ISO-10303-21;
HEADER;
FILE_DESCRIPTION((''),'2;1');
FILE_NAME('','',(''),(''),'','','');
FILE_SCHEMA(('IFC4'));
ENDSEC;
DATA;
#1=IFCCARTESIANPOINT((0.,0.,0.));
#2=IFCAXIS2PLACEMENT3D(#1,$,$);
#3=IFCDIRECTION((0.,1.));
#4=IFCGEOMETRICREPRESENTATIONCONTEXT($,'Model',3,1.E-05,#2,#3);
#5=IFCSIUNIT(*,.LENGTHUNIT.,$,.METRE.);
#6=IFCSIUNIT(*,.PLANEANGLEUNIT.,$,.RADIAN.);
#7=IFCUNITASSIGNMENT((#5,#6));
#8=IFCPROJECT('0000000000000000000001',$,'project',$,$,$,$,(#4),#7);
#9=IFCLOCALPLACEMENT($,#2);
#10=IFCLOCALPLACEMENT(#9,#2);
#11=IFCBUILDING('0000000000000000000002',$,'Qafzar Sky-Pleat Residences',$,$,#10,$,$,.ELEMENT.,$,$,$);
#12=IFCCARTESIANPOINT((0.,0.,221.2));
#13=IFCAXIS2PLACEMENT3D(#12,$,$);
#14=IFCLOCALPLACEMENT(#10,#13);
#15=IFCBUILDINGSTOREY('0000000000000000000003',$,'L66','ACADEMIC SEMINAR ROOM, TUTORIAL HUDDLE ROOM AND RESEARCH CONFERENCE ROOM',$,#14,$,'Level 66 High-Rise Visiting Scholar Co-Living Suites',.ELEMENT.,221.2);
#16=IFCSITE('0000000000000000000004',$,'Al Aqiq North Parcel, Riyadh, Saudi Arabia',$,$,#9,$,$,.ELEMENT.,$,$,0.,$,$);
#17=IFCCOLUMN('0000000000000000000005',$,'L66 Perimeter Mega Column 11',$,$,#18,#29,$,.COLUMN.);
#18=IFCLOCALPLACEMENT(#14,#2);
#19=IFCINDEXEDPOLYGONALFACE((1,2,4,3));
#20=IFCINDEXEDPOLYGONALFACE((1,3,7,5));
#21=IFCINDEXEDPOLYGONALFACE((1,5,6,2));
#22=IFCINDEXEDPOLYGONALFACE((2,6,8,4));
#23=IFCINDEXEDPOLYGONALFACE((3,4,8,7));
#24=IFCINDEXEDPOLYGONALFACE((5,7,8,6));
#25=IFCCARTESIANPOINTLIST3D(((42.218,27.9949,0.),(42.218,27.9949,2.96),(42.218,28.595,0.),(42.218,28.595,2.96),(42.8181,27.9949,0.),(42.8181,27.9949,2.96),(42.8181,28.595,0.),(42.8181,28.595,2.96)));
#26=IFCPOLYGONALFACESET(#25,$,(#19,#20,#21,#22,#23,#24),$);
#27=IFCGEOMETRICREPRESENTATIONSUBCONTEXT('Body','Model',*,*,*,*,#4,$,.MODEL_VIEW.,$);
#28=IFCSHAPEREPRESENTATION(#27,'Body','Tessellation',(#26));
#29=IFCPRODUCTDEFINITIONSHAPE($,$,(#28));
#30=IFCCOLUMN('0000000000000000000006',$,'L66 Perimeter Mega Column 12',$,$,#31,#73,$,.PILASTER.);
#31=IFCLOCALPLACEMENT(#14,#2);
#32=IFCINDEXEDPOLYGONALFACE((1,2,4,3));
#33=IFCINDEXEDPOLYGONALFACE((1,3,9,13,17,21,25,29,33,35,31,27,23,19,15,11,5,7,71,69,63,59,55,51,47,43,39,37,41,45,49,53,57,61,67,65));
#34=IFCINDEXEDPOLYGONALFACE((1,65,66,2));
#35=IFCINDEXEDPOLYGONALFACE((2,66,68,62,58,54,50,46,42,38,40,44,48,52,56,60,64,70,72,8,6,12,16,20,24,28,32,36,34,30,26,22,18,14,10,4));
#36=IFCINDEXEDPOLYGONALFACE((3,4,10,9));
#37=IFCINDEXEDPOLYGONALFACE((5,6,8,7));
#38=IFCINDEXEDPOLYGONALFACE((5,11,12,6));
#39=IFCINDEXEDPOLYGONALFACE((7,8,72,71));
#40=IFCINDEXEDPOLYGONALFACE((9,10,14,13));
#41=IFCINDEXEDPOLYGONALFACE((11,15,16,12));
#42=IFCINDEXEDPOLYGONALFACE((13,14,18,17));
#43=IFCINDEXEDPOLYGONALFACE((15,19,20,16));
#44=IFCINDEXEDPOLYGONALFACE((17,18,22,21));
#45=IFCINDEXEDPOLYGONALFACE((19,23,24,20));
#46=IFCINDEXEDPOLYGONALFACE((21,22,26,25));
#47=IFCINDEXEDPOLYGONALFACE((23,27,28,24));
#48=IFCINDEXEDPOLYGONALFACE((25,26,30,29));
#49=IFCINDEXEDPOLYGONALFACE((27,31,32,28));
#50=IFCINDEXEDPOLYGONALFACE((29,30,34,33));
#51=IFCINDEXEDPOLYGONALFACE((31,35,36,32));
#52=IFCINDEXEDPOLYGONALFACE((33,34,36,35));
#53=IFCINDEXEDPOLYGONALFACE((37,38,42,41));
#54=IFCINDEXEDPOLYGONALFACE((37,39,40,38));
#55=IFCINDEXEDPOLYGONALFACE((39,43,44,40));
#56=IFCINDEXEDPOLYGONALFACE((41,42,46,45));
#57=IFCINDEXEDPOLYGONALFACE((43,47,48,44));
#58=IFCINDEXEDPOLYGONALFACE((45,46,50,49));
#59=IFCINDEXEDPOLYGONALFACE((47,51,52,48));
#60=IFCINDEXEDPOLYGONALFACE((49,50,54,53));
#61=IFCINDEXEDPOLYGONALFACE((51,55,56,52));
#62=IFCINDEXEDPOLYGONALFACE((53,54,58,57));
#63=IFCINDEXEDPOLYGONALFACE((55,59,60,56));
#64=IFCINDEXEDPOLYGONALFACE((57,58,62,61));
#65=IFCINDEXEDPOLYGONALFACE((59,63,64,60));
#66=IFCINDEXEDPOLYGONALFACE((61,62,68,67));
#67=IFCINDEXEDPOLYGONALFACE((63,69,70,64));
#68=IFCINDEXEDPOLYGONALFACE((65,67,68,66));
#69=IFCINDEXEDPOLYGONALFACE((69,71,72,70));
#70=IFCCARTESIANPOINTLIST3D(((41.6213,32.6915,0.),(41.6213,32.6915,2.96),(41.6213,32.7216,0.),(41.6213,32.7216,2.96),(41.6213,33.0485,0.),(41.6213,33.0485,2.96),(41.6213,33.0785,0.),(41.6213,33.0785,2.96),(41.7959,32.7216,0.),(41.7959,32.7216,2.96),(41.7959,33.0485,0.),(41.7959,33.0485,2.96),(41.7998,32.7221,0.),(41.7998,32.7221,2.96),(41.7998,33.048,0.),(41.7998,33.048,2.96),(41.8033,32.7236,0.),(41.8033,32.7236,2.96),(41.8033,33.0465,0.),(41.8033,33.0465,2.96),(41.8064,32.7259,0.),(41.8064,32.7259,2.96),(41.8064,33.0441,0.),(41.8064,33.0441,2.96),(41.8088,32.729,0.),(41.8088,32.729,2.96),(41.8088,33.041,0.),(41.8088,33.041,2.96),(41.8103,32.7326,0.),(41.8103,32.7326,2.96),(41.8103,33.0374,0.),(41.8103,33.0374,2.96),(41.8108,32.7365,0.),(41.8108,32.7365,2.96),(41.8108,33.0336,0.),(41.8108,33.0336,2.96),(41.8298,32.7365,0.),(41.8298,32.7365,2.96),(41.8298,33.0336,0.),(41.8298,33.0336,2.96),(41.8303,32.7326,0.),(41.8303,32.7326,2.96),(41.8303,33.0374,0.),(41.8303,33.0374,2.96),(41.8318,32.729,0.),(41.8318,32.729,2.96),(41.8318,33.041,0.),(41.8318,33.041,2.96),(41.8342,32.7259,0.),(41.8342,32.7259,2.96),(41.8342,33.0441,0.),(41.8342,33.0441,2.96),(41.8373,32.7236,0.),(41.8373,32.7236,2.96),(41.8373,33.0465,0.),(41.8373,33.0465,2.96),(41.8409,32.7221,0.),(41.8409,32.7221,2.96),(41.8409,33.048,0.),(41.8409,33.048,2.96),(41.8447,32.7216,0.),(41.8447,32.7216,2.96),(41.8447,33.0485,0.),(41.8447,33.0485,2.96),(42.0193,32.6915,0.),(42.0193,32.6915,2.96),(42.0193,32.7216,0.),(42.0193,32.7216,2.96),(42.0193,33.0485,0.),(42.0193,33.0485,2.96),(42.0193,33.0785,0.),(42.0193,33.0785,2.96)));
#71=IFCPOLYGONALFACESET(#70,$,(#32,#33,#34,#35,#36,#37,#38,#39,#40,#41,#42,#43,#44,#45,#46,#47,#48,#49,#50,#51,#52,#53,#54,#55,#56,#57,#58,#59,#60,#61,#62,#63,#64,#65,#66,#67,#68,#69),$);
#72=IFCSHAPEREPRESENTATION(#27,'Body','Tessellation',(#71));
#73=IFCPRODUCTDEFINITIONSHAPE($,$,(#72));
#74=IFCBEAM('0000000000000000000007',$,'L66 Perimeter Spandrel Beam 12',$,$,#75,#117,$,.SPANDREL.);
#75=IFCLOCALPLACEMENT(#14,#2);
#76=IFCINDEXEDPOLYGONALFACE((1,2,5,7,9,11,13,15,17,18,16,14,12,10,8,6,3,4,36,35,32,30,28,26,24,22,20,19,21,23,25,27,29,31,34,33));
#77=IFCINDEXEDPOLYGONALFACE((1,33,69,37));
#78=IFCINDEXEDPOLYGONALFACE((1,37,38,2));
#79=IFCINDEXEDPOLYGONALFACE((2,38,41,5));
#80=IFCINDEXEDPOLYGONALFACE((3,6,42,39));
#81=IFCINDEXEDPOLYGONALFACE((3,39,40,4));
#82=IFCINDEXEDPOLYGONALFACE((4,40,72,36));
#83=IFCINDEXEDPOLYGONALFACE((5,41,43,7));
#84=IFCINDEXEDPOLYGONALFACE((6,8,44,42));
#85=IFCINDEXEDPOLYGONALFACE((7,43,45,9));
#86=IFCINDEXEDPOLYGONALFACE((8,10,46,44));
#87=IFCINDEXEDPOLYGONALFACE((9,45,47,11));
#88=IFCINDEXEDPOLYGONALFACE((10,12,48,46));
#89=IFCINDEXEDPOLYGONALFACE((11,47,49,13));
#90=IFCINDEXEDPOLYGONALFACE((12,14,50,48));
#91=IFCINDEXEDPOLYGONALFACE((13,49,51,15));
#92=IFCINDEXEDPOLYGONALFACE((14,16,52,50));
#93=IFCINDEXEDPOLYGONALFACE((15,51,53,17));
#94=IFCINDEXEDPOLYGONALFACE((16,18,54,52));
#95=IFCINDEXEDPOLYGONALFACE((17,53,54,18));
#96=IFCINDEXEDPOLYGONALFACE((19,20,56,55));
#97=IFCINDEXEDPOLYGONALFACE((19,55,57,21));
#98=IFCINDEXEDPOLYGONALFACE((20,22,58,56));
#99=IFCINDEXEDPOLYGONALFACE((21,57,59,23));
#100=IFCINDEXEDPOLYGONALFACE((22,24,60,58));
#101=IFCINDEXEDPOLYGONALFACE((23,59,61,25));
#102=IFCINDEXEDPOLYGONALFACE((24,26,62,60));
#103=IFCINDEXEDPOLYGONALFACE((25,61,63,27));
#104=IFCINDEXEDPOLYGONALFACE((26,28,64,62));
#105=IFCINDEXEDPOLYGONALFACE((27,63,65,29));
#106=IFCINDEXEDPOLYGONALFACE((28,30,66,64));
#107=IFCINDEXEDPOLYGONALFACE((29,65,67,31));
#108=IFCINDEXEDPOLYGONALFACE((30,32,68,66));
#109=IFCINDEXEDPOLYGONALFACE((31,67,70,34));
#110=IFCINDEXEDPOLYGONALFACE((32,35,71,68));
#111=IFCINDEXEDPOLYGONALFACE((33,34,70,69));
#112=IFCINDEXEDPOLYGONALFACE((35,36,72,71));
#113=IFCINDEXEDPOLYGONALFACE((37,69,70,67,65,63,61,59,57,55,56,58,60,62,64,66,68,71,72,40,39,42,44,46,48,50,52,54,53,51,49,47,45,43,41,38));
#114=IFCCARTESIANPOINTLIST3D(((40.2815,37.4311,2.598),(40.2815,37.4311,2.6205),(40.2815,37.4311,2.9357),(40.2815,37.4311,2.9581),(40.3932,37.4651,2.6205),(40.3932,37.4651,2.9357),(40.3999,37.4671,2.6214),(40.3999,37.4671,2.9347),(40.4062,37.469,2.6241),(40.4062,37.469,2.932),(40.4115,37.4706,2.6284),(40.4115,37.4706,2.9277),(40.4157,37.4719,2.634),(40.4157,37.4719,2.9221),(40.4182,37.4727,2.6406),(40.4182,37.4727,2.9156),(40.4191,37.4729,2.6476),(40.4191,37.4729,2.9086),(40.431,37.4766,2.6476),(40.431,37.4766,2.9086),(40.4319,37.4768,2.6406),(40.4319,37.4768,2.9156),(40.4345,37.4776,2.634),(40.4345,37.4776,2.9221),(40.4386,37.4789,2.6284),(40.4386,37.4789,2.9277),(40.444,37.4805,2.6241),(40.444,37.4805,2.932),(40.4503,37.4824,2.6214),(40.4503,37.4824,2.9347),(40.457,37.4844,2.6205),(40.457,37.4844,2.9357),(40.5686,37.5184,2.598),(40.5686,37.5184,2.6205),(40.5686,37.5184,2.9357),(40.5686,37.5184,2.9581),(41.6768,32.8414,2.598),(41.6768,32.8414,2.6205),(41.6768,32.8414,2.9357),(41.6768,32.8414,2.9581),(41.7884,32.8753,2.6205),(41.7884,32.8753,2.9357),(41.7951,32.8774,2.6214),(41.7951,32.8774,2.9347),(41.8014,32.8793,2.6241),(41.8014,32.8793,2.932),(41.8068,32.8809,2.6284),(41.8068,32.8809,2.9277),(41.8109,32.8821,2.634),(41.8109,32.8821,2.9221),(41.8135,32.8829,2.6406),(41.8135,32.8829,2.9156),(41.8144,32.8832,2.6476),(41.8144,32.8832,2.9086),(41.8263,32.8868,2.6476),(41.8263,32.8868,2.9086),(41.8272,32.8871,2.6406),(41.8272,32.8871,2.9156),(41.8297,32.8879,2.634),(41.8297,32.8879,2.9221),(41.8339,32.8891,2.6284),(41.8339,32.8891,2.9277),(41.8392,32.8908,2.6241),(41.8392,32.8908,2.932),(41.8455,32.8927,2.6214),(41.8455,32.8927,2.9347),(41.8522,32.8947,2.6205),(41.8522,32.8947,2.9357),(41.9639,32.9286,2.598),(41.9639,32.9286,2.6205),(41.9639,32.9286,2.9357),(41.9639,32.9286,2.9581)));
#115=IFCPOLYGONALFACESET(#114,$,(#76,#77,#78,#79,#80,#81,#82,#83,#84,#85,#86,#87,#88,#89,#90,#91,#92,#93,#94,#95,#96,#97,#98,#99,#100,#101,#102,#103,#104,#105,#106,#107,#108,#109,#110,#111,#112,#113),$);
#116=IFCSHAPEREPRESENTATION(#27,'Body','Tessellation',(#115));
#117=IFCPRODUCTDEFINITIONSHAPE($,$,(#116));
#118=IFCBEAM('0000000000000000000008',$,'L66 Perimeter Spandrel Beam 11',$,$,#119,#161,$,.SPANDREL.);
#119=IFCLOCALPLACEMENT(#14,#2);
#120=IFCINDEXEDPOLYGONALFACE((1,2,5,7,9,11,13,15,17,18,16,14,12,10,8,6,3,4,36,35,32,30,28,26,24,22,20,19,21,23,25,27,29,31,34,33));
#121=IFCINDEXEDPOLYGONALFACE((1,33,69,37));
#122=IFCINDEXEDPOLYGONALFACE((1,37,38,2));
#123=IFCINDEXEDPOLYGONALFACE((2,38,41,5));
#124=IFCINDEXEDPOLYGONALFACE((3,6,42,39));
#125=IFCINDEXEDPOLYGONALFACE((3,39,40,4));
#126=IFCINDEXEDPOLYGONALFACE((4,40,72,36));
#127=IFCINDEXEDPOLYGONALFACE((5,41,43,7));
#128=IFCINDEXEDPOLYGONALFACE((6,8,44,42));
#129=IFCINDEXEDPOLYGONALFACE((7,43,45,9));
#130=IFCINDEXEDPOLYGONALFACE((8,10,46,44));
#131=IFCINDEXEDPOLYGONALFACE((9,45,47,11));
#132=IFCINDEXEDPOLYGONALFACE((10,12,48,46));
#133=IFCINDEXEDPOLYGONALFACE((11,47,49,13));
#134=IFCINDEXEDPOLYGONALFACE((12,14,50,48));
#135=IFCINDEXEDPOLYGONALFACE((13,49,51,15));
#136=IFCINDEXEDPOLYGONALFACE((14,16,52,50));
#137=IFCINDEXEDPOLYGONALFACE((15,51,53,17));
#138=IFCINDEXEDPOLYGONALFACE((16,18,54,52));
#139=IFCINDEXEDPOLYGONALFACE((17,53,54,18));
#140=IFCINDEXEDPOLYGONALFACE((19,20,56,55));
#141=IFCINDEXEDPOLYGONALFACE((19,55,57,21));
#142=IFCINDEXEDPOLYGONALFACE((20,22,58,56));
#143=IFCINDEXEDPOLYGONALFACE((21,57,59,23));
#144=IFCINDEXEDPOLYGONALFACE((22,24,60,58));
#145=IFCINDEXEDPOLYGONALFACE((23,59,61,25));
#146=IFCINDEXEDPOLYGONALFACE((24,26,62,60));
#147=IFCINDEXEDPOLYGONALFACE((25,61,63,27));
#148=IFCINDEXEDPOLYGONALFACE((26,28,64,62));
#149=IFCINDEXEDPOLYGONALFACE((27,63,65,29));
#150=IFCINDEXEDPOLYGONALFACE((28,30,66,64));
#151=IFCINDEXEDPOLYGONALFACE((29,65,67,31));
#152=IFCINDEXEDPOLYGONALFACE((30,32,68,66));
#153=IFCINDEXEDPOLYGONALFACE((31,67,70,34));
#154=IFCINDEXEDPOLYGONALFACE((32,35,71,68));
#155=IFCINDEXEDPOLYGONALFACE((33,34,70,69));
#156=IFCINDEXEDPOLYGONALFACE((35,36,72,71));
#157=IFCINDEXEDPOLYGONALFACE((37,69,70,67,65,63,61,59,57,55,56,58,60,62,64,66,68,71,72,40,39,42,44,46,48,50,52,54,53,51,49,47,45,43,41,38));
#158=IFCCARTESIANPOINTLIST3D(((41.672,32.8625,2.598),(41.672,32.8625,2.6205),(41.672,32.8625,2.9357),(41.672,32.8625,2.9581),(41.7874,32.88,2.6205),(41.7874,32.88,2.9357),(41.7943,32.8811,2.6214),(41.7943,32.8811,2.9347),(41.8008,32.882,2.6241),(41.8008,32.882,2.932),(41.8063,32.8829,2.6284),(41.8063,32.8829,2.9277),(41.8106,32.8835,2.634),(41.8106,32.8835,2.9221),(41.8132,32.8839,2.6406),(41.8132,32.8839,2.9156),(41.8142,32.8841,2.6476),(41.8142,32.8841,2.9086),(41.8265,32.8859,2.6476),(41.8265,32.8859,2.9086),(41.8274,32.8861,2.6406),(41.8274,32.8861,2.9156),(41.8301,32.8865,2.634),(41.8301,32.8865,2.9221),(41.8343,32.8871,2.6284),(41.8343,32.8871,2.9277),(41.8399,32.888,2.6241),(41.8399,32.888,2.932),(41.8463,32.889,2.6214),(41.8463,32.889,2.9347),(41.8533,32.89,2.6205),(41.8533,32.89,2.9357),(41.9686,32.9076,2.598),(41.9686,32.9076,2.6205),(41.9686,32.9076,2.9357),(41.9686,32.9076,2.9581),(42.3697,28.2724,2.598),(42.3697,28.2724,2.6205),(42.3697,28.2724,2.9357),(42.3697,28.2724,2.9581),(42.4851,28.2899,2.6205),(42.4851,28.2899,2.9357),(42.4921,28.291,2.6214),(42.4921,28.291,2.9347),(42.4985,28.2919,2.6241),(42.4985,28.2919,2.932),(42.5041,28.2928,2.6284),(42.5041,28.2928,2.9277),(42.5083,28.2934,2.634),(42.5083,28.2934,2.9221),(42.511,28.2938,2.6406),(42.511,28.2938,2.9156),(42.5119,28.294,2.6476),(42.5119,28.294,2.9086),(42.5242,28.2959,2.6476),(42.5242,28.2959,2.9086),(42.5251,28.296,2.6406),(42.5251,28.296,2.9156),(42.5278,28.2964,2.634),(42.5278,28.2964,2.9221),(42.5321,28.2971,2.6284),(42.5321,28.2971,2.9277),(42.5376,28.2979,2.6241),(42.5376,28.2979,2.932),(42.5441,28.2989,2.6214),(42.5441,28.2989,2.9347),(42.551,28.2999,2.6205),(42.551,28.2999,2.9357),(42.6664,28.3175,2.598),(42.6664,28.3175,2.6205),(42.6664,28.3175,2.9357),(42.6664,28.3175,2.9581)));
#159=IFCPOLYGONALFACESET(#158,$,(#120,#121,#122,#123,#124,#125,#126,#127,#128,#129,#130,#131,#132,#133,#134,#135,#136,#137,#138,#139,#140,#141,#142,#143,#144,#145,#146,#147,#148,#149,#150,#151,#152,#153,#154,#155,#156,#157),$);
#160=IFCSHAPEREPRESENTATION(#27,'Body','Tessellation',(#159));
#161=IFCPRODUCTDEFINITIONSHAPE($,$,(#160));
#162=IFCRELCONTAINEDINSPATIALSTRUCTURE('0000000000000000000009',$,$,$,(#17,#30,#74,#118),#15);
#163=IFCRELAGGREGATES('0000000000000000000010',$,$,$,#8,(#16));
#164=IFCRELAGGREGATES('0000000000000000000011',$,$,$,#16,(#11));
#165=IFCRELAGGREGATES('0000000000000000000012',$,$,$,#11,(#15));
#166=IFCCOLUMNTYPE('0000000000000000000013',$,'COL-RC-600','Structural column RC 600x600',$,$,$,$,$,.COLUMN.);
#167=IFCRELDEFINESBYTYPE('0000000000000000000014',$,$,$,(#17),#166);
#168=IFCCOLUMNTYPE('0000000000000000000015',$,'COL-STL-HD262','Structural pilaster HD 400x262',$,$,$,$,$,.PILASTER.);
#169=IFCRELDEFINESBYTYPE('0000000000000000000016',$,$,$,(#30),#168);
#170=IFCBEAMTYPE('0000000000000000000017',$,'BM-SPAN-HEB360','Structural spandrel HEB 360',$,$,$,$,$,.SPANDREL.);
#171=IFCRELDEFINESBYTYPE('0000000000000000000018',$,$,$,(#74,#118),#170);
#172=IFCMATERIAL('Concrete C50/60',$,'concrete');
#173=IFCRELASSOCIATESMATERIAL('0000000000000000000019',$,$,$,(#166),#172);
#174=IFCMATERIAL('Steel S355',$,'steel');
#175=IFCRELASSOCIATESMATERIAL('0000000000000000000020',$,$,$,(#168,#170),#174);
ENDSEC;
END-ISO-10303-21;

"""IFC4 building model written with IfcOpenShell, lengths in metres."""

from ifc_helpers import new_model, si_unit, direction, frame, origin, origin_2d, place, context, subcontext, project, spatial, rectangle, i_section, extrude, source, transform, mapped, material, material_profile, profile_set, type_object, element, save


model = new_model("IFC4")

# Units and contexts
model_context = context("Model", 3, precision=1e-05, world=origin(), true_north=direction((0.0, 1.0)))
body_context = subcontext(model_context, "Body", "Model", "MODEL_VIEW")
ifc_project = project(units=[si_unit("LENGTHUNIT", "METRE"), si_unit("PLANEANGLEUNIT", "RADIAN")], contexts=[model_context])

# Site, building, storey
site_placement = place(None, origin())
site = spatial("IfcSite", under=ifc_project, at=site_placement, Name="Al Aqiq North Parcel, Riyadh, Saudi Arabia", CompositionType="ELEMENT", RefElevation=0.0)
building_placement = place(site_placement, origin())
building = spatial("IfcBuilding", under=site, at=building_placement, Name="Qafzar Sky-Pleat Residences", CompositionType="ELEMENT")
storey_placement = place(building_placement, frame((0.0, 0.0, 221.2)))
storey = spatial("IfcBuildingStorey", under=building, at=storey_placement, Name="L66", Description="ACADEMIC SEMINAR ROOM, TUTORIAL HUDDLE ROOM AND RESEARCH CONFERENCE ROOM", LongName="Level 66 High-Rise Visiting Scholar Co-Living Suites", CompositionType="ELEMENT", Elevation=221.2)

# Columns
ifc_material_1 = material(Name="Concrete C50/60", Category="concrete")
ifc_material_profile_1 = material_profile(ifc_material_1, rectangle(XDim=0.6001, YDim=0.6001, at=origin_2d()), Name="RC 600x600")
ifc_profile_set_1 = profile_set([ifc_material_profile_1], Name="Concrete C50/60")
column_type_1 = type_object("IfcColumnType", Name="COL-RC-600", Description="Structural column RC 600x600", PredefinedType="COLUMN", material=ifc_profile_set_1)
shared_shape_1 = source(origin(), body_context, "Body", "SweptSolid", [
    extrude(rectangle(XDim=0.6001, YDim=0.6001, at=origin_2d()), origin(), (0.0, 0.0, 1.0), 2.96),
])
column_1_placement = place(storey_placement, frame((42.5181, 28.2949, 0.0), z_axis=(0.0, 0.0, 1.0), x_axis=(1.0, 0.0, 0.0)))
element("IfcColumn", 1, at=column_1_placement, inside=storey, type_object=column_type_1, Name="L66 Perimeter Mega Column 11", PredefinedType="COLUMN", context=body_context, shape_type="MappedRepresentation", body=[
    mapped(shared_shape_1, transform((0.0, 0.0, 0.0), x_axis=(1.0, 0.0, 0.0), y_axis=(0.0, 1.0, 0.0), z_axis=(0.0, 0.0, 1.0), scale=1.0)),
])
ifc_material_2 = material(Name="Steel S355", Category="steel")
ifc_material_profile_2 = material_profile(ifc_material_2, i_section(OverallWidth=0.3979, OverallDepth=0.387, WebThickness=0.019, FlangeThickness=0.03, FilletRadius=0.0149, at=origin_2d()), Name="HD 400x262")
ifc_profile_set_2 = profile_set([ifc_material_profile_2], Name="Steel S355")
column_type_2 = type_object("IfcColumnType", Name="COL-STL-HD262", Description="Structural pilaster HD 400x262", PredefinedType="PILASTER", material=ifc_profile_set_2)
shared_shape_2 = source(origin(), body_context, "Body", "SweptSolid", [
    extrude(i_section(OverallWidth=0.3979, OverallDepth=0.387, WebThickness=0.019, FlangeThickness=0.03, FilletRadius=0.0149, at=origin_2d()), origin(), (0.0, 0.0, 1.0), 2.96),
])
column_2_placement = place(storey_placement, frame((41.8203, 32.885, 0.0), z_axis=(0.0, 0.0, 1.0), x_axis=(1.0, 0.0, 0.0)))
element("IfcColumn", 2, at=column_2_placement, inside=storey, type_object=column_type_2, Name="L66 Perimeter Mega Column 12", PredefinedType="PILASTER", context=body_context, shape_type="MappedRepresentation", body=[
    mapped(shared_shape_2, transform((0.0, 0.0, 0.0), x_axis=(1.0, 0.0, 0.0), y_axis=(0.0, 1.0, 0.0), z_axis=(0.0, 0.0, 1.0), scale=1.0)),
])

# Beams
ifc_material_profile_3 = material_profile(ifc_material_2, i_section(OverallWidth=0.3, OverallDepth=0.3601, WebThickness=0.0125, FlangeThickness=0.0225, FilletRadius=0.0271, at=origin_2d()), Name="HEB 360")
ifc_profile_set_3 = profile_set([ifc_material_profile_3], Name="Steel S355")
beam_type_1 = type_object("IfcBeamType", Name="BM-SPAN-HEB360", Description="Structural spandrel HEB 360", PredefinedType="SPANDREL", material=ifc_profile_set_3)
shared_shape_3 = source(origin(), body_context, "Body", "SweptSolid", [
    extrude(i_section(OverallWidth=0.3, OverallDepth=0.3601, WebThickness=0.0125, FlangeThickness=0.0225, FilletRadius=0.0271, at=origin_2d()), origin(), (0.0, 0.0, 1.0), 4.7971),
])
beam_1_placement = place(storey_placement, frame((41.8203, 32.885, 2.7781), z_axis=(-0.290848, 0.956769, 0.0), x_axis=(-0.956769, -0.290848, 0.0)))
element("IfcBeam", 3, at=beam_1_placement, inside=storey, type_object=beam_type_1, Name="L66 Perimeter Spandrel Beam 12", PredefinedType="SPANDREL", context=body_context, shape_type="MappedRepresentation", body=[
    mapped(shared_shape_3, transform((0.0, 0.0, 0.0), x_axis=(1.0, 0.0, 0.0), y_axis=(0.0, 1.0, 0.0), z_axis=(0.0, 0.0, 1.0), scale=1.0)),
])
shared_shape_4 = source(origin(), body_context, "Body", "SweptSolid", [
    extrude(i_section(OverallWidth=0.3, OverallDepth=0.3601, WebThickness=0.0125, FlangeThickness=0.0225, FilletRadius=0.0271, at=origin_2d()), origin(), (0.0, 0.0, 1.0), 4.6428),
])
beam_2_placement = place(storey_placement, frame((42.5181, 28.2949, 2.7781), z_axis=(-0.150287, 0.988642, 0.0), x_axis=(-0.988642, -0.150287, 0.0)))
element("IfcBeam", 4, at=beam_2_placement, inside=storey, type_object=beam_type_1, Name="L66 Perimeter Spandrel Beam 11", PredefinedType="SPANDREL", context=body_context, shape_type="MappedRepresentation", body=[
    mapped(shared_shape_4, transform((0.0, 0.0, 0.0), x_axis=(1.0, 0.0, 0.0), y_axis=(0.0, 1.0, 0.0), z_axis=(0.0, 0.0, 1.0), scale=1.0)),
])

save(model, "model.ifc")
